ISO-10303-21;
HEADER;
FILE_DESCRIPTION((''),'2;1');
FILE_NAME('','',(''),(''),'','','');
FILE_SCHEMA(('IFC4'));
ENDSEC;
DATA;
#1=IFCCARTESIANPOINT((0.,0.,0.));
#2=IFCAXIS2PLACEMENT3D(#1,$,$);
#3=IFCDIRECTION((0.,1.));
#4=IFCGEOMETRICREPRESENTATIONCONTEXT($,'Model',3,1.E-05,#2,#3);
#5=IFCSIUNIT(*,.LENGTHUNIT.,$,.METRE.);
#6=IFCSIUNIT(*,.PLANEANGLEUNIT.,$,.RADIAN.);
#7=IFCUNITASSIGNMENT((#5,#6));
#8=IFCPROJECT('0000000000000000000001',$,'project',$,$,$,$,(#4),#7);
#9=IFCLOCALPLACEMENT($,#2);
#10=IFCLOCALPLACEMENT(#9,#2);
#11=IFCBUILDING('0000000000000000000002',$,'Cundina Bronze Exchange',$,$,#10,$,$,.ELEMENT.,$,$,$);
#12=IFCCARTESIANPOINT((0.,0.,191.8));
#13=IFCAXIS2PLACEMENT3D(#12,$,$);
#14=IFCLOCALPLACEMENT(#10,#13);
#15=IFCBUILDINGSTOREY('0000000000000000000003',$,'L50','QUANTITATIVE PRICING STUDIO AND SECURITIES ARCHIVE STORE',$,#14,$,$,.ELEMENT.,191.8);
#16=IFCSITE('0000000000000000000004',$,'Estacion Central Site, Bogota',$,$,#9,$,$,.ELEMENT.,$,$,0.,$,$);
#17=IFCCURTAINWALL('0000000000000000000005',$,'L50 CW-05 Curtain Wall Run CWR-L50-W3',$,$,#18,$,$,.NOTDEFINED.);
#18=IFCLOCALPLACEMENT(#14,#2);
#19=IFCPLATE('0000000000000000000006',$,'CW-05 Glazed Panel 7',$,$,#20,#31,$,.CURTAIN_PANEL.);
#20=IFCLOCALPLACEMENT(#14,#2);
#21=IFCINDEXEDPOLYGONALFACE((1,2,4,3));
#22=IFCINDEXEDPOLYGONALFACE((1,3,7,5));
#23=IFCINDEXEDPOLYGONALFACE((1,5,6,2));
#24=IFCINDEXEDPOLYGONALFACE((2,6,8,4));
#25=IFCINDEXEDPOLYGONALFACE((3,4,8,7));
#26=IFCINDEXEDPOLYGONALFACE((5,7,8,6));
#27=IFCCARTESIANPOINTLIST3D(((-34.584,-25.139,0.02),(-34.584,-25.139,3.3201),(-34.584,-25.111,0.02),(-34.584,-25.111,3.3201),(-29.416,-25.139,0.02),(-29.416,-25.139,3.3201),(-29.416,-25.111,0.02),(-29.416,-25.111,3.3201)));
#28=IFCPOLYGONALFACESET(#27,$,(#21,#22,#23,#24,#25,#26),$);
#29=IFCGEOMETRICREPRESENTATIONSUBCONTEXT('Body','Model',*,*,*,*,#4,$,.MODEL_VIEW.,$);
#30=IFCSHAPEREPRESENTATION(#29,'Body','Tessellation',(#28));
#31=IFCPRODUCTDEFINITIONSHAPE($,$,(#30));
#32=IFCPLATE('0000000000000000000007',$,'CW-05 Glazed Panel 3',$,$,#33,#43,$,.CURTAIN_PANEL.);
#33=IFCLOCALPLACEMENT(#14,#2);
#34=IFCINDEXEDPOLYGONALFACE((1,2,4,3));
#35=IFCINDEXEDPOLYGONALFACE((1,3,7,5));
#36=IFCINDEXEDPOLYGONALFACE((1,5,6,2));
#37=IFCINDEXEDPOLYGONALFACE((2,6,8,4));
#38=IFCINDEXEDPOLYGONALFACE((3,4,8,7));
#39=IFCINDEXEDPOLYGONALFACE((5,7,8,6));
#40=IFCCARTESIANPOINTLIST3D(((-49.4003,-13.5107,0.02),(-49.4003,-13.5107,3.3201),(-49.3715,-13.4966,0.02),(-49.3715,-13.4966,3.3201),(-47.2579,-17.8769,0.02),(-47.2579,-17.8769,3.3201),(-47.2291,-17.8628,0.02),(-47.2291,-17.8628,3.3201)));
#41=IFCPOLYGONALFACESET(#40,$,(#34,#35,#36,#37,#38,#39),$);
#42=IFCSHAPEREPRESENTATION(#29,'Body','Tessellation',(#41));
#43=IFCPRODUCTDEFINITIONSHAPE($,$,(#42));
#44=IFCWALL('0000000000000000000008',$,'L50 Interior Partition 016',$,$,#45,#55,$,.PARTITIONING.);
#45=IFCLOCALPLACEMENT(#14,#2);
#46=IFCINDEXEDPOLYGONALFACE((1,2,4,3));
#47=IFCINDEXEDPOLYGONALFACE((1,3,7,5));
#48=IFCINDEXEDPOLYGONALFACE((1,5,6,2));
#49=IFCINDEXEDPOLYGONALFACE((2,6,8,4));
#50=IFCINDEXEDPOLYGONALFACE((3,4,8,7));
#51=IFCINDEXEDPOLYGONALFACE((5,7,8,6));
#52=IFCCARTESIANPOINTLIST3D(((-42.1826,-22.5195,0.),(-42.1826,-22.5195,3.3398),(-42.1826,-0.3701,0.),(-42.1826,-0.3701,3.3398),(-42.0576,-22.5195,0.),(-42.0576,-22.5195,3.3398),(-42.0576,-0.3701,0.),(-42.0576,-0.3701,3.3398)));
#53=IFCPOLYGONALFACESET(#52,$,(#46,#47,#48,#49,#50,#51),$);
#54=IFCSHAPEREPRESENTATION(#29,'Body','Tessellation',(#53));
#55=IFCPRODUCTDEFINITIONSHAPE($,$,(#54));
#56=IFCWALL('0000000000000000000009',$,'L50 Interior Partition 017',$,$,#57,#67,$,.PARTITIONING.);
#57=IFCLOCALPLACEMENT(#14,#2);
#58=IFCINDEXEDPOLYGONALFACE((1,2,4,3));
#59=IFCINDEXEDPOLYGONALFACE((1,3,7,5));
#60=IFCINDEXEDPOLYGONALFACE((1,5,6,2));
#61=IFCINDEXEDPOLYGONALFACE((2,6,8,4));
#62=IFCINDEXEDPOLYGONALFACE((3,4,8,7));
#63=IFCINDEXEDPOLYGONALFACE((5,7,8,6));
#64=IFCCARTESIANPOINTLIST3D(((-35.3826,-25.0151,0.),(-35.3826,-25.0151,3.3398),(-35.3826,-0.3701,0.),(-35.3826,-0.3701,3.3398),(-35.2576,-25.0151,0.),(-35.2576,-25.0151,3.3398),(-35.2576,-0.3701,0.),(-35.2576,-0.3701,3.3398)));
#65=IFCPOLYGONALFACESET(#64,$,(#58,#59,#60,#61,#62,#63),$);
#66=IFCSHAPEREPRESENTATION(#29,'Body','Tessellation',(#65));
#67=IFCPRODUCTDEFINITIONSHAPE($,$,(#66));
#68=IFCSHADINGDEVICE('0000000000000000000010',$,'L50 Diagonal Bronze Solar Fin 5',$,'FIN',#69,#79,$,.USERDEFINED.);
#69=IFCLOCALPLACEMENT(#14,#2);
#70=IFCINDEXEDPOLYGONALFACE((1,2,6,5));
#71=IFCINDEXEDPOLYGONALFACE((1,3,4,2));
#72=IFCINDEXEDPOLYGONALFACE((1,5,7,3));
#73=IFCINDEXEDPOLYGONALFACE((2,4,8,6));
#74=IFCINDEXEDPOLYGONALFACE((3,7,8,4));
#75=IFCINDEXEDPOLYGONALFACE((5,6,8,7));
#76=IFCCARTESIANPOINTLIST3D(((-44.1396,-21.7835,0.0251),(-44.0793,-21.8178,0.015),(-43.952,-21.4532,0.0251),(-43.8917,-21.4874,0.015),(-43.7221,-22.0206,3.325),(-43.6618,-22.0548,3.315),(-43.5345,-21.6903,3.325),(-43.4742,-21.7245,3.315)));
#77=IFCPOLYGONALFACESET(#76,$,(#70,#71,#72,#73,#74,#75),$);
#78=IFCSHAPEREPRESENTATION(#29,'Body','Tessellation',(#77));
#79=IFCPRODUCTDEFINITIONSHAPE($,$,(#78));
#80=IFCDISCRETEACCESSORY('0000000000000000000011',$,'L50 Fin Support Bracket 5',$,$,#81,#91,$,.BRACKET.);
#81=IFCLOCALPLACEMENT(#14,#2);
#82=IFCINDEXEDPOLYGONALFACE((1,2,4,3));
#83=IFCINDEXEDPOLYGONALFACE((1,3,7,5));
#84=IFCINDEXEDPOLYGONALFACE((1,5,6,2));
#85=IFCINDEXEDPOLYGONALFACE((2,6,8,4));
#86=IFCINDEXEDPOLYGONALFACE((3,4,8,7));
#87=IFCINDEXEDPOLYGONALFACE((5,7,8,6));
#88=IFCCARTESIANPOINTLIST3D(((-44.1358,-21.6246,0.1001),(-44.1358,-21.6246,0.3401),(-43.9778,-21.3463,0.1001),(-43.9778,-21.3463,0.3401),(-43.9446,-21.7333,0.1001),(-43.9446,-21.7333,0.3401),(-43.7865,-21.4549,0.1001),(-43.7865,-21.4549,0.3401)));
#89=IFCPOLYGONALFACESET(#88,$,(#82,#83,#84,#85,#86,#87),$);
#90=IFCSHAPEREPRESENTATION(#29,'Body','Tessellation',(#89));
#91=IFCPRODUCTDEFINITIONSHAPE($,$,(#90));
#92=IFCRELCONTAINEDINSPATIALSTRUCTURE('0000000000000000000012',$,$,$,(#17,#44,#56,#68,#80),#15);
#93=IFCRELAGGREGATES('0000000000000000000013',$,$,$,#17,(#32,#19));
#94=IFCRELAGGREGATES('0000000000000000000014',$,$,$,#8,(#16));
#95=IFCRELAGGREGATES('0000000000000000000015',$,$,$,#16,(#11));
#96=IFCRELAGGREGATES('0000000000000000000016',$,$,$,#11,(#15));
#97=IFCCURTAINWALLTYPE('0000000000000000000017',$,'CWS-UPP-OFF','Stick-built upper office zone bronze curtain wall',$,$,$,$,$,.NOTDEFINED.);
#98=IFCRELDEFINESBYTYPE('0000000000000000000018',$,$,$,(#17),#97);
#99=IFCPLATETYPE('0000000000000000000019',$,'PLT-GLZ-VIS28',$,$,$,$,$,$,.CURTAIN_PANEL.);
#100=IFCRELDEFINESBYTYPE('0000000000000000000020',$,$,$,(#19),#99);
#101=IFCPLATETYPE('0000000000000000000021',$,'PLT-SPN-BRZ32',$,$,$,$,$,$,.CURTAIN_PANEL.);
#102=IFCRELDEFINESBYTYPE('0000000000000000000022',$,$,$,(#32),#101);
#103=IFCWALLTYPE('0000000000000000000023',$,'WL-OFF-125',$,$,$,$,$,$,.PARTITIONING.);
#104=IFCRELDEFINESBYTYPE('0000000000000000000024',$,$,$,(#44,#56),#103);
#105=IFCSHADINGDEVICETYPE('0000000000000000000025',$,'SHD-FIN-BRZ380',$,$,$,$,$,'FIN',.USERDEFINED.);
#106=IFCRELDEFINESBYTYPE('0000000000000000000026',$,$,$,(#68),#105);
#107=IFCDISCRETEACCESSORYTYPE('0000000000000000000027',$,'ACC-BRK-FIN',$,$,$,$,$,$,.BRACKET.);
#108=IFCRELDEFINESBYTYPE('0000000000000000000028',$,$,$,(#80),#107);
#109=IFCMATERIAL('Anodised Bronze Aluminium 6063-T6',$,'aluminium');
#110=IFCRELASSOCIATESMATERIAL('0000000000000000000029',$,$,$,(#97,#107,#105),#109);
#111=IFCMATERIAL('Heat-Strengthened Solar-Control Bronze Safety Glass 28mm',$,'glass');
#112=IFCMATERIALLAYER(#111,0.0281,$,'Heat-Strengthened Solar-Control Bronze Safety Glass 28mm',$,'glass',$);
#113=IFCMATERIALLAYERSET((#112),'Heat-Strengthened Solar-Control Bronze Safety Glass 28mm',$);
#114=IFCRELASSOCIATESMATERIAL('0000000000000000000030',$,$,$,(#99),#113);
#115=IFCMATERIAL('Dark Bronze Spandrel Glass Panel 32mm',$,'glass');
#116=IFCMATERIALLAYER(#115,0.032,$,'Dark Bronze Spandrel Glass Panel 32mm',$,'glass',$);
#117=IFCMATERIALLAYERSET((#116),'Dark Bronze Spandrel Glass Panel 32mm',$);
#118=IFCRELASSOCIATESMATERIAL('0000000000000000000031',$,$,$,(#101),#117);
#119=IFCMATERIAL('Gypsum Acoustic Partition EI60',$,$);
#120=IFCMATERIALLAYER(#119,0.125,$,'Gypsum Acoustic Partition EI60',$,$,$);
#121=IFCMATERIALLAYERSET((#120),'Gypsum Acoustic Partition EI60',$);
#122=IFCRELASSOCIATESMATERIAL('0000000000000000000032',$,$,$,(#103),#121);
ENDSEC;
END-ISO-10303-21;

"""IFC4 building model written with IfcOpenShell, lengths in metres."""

from ifc_helpers import new_model, si_unit, direction, frame, frame_2d, origin, origin_2d, place, context, subcontext, project, spatial, rectangle, extrude, material, layer, layer_set, material_profile, profile_set, type_object, element, aggregate, save


model = new_model("IFC4")

# Units and contexts
model_context = context("Model", 3, precision=1e-05, world=origin(), true_north=direction((0.0, 1.0)))
body_context = subcontext(model_context, "Body", "Model", "MODEL_VIEW")
ifc_project = project(units=[si_unit("LENGTHUNIT", "METRE"), si_unit("PLANEANGLEUNIT", "RADIAN")], contexts=[model_context])

# Site, building, storey
site_placement = place(None, origin())
site = spatial("IfcSite", under=ifc_project, at=site_placement, Name="Estacion Central Site, Bogota", CompositionType="ELEMENT", RefElevation=0.0)
building_placement = place(site_placement, origin())
building = spatial("IfcBuilding", under=site, at=building_placement, Name="Cundina Bronze Exchange", CompositionType="ELEMENT")
storey_placement = place(building_placement, frame((0.0, 0.0, 191.8)))
storey = spatial("IfcBuildingStorey", under=building, at=storey_placement, Name="L50", Description="QUANTITATIVE PRICING STUDIO AND SECURITIES ARCHIVE STORE", CompositionType="ELEMENT", Elevation=191.8)

# Curtain wall
ifc_material_1 = material(Name="Anodised Bronze Aluminium 6063-T6", Category="aluminium")
curtain_wall_type = type_object("IfcCurtainWallType", Name="CWS-UPP-OFF", Description="Stick-built upper office zone bronze curtain wall", PredefinedType="NOTDEFINED", material=ifc_material_1)
curtain_wall_1_placement = place(storey_placement, origin())
curtain_wall_1 = element("IfcCurtainWall", 1, at=curtain_wall_1_placement, inside=storey, type_object=curtain_wall_type, Name="L50 CW-05 Curtain Wall Run CWR-L50-W3", PredefinedType="NOTDEFINED")

# Plates
ifc_material_2 = material(Name="Heat-Strengthened Solar-Control Bronze Safety Glass 28mm", Category="glass")
ifc_layer_1 = layer(ifc_material_2, 0.0281, Name="Heat-Strengthened Solar-Control Bronze Safety Glass 28mm", Category="glass")
ifc_layer_set_1 = layer_set([ifc_layer_1], Name="Heat-Strengthened Solar-Control Bronze Safety Glass 28mm")
plate_type_1 = type_object("IfcPlateType", Name="PLT-GLZ-VIS28", PredefinedType="CURTAIN_PANEL", material=ifc_layer_set_1)
plate_1_placement = place(storey_placement, frame((-32.0, -25.125, 0.02), z_axis=(0.0, 0.0, 1.0), x_axis=(1.0, 0.0, 0.0)))
plate_1 = element("IfcPlate", 2, at=plate_1_placement, type_object=plate_type_1, Name="CW-05 Glazed Panel 7", PredefinedType="CURTAIN_PANEL", context=body_context, shape_type="SweptSolid", body=[
    extrude(rectangle(XDim=5.168, YDim=0.0281, at=origin_2d()), origin(), (0.0, 0.0, 1.0), 3.3),
])
ifc_material_3 = material(Name="Dark Bronze Spandrel Glass Panel 32mm", Category="glass")
ifc_layer_2 = layer(ifc_material_3, 0.032, Name="Dark Bronze Spandrel Glass Panel 32mm", Category="glass")
ifc_layer_set_2 = layer_set([ifc_layer_2], Name="Dark Bronze Spandrel Glass Panel 32mm")
plate_type_2 = type_object("IfcPlateType", Name="PLT-SPN-BRZ32", PredefinedType="CURTAIN_PANEL", material=ifc_layer_set_2)
plate_2_placement = place(storey_placement, frame((-48.3147, -15.6868, 0.02), z_axis=(0.0, 0.0, 1.0), x_axis=(0.440503, -0.897751, 0.0)))
plate_2 = element("IfcPlate", 3, at=plate_2_placement, type_object=plate_type_2, Name="CW-05 Glazed Panel 3", PredefinedType="CURTAIN_PANEL", context=body_context, shape_type="SweptSolid", body=[
    extrude(rectangle(XDim=4.8635, YDim=0.032, at=origin_2d()), origin(), (0.0, 0.0, 1.0), 3.3),
])
aggregate(curtain_wall_1, [plate_2, plate_1])

# Walls
ifc_material_4 = material(Name="Gypsum Acoustic Partition EI60")
ifc_layer_3 = layer(ifc_material_4, 0.125, Name="Gypsum Acoustic Partition EI60")
ifc_layer_set_3 = layer_set([ifc_layer_3], Name="Gypsum Acoustic Partition EI60")
wall_type = type_object("IfcWallType", Name="WL-OFF-125", PredefinedType="PARTITIONING", material=ifc_layer_set_3)
wall_1_placement = place(storey_placement, frame((-42.1201, -22.5195, 0.0), z_axis=(0.0, 0.0, 1.0), x_axis=(0.0, 1.0, 0.0)))
element("IfcWall", 4, at=wall_1_placement, inside=storey, type_object=wall_type, Name="L50 Interior Partition 016", PredefinedType="PARTITIONING", context=body_context, shape_type="SweptSolid", body=[
    extrude(rectangle(XDim=22.1494, YDim=0.125, at=frame_2d((11.0747, 0.0))), origin(), (0.0, 0.0, 1.0), 3.3398),
])
wall_2_placement = place(storey_placement, frame((-35.3201, -25.0151, 0.0), z_axis=(0.0, 0.0, 1.0), x_axis=(0.0, 1.0, 0.0)))
element("IfcWall", 5, at=wall_2_placement, inside=storey, type_object=wall_type, Name="L50 Interior Partition 017", PredefinedType="PARTITIONING", context=body_context, shape_type="SweptSolid", body=[
    extrude(rectangle(XDim=24.645, YDim=0.125, at=frame_2d((12.3225, 0.0))), origin(), (0.0, 0.0, 1.0), 3.3398),
])

# Shading device
ifc_material_profile_1 = material_profile(ifc_material_1, rectangle(XDim=0.0701, YDim=0.3799, at=origin_2d()), Name="FIN70X380", Category="aluminium")
ifc_profile_set_1 = profile_set([ifc_material_profile_1], Name="Anodised Bronze Aluminium 6063-T6")
shading_device_type = type_object("IfcShadingDeviceType", Name="SHD-FIN-BRZ380", ElementType="FIN", PredefinedType="USERDEFINED", material=ifc_profile_set_1)
shading_device_placement = place(storey_placement, frame((-44.0156, -21.6355, 0.02), z_axis=(0.12519, -0.071087, 0.989583), x_axis=(-0.860527, 0.488638, 0.143965)))
element("IfcShadingDevice", 6, at=shading_device_placement, inside=storey, type_object=shading_device_type, Name="L50 Diagonal Bronze Solar Fin 5", ObjectType="FIN", PredefinedType="USERDEFINED", context=body_context, shape_type="SweptSolid", body=[
    extrude(rectangle(XDim=0.0701, YDim=0.3799, at=origin_2d()), origin(), (0.0, 0.0, 1.0), 3.3347),
])

# Discrete accessory
discrete_accessory_type = type_object("IfcDiscreteAccessoryType", Name="ACC-BRK-FIN", PredefinedType="BRACKET", material=ifc_material_1)
discrete_accessory_placement = place(storey_placement, frame((-43.9612, -21.5398, 0.1001), z_axis=(0.0, 0.0, 1.0), x_axis=(0.869573, -0.493805, 0.0)))
element("IfcDiscreteAccessory", 7, at=discrete_accessory_placement, inside=storey, type_object=discrete_accessory_type, Name="L50 Fin Support Bracket 5", PredefinedType="BRACKET", context=body_context, shape_type="SweptSolid", body=[
    extrude(rectangle(XDim=0.22, YDim=0.3201, at=origin_2d()), origin(), (0.0, 0.0, 1.0), 0.24),
])

save(model, "model.ifc")
